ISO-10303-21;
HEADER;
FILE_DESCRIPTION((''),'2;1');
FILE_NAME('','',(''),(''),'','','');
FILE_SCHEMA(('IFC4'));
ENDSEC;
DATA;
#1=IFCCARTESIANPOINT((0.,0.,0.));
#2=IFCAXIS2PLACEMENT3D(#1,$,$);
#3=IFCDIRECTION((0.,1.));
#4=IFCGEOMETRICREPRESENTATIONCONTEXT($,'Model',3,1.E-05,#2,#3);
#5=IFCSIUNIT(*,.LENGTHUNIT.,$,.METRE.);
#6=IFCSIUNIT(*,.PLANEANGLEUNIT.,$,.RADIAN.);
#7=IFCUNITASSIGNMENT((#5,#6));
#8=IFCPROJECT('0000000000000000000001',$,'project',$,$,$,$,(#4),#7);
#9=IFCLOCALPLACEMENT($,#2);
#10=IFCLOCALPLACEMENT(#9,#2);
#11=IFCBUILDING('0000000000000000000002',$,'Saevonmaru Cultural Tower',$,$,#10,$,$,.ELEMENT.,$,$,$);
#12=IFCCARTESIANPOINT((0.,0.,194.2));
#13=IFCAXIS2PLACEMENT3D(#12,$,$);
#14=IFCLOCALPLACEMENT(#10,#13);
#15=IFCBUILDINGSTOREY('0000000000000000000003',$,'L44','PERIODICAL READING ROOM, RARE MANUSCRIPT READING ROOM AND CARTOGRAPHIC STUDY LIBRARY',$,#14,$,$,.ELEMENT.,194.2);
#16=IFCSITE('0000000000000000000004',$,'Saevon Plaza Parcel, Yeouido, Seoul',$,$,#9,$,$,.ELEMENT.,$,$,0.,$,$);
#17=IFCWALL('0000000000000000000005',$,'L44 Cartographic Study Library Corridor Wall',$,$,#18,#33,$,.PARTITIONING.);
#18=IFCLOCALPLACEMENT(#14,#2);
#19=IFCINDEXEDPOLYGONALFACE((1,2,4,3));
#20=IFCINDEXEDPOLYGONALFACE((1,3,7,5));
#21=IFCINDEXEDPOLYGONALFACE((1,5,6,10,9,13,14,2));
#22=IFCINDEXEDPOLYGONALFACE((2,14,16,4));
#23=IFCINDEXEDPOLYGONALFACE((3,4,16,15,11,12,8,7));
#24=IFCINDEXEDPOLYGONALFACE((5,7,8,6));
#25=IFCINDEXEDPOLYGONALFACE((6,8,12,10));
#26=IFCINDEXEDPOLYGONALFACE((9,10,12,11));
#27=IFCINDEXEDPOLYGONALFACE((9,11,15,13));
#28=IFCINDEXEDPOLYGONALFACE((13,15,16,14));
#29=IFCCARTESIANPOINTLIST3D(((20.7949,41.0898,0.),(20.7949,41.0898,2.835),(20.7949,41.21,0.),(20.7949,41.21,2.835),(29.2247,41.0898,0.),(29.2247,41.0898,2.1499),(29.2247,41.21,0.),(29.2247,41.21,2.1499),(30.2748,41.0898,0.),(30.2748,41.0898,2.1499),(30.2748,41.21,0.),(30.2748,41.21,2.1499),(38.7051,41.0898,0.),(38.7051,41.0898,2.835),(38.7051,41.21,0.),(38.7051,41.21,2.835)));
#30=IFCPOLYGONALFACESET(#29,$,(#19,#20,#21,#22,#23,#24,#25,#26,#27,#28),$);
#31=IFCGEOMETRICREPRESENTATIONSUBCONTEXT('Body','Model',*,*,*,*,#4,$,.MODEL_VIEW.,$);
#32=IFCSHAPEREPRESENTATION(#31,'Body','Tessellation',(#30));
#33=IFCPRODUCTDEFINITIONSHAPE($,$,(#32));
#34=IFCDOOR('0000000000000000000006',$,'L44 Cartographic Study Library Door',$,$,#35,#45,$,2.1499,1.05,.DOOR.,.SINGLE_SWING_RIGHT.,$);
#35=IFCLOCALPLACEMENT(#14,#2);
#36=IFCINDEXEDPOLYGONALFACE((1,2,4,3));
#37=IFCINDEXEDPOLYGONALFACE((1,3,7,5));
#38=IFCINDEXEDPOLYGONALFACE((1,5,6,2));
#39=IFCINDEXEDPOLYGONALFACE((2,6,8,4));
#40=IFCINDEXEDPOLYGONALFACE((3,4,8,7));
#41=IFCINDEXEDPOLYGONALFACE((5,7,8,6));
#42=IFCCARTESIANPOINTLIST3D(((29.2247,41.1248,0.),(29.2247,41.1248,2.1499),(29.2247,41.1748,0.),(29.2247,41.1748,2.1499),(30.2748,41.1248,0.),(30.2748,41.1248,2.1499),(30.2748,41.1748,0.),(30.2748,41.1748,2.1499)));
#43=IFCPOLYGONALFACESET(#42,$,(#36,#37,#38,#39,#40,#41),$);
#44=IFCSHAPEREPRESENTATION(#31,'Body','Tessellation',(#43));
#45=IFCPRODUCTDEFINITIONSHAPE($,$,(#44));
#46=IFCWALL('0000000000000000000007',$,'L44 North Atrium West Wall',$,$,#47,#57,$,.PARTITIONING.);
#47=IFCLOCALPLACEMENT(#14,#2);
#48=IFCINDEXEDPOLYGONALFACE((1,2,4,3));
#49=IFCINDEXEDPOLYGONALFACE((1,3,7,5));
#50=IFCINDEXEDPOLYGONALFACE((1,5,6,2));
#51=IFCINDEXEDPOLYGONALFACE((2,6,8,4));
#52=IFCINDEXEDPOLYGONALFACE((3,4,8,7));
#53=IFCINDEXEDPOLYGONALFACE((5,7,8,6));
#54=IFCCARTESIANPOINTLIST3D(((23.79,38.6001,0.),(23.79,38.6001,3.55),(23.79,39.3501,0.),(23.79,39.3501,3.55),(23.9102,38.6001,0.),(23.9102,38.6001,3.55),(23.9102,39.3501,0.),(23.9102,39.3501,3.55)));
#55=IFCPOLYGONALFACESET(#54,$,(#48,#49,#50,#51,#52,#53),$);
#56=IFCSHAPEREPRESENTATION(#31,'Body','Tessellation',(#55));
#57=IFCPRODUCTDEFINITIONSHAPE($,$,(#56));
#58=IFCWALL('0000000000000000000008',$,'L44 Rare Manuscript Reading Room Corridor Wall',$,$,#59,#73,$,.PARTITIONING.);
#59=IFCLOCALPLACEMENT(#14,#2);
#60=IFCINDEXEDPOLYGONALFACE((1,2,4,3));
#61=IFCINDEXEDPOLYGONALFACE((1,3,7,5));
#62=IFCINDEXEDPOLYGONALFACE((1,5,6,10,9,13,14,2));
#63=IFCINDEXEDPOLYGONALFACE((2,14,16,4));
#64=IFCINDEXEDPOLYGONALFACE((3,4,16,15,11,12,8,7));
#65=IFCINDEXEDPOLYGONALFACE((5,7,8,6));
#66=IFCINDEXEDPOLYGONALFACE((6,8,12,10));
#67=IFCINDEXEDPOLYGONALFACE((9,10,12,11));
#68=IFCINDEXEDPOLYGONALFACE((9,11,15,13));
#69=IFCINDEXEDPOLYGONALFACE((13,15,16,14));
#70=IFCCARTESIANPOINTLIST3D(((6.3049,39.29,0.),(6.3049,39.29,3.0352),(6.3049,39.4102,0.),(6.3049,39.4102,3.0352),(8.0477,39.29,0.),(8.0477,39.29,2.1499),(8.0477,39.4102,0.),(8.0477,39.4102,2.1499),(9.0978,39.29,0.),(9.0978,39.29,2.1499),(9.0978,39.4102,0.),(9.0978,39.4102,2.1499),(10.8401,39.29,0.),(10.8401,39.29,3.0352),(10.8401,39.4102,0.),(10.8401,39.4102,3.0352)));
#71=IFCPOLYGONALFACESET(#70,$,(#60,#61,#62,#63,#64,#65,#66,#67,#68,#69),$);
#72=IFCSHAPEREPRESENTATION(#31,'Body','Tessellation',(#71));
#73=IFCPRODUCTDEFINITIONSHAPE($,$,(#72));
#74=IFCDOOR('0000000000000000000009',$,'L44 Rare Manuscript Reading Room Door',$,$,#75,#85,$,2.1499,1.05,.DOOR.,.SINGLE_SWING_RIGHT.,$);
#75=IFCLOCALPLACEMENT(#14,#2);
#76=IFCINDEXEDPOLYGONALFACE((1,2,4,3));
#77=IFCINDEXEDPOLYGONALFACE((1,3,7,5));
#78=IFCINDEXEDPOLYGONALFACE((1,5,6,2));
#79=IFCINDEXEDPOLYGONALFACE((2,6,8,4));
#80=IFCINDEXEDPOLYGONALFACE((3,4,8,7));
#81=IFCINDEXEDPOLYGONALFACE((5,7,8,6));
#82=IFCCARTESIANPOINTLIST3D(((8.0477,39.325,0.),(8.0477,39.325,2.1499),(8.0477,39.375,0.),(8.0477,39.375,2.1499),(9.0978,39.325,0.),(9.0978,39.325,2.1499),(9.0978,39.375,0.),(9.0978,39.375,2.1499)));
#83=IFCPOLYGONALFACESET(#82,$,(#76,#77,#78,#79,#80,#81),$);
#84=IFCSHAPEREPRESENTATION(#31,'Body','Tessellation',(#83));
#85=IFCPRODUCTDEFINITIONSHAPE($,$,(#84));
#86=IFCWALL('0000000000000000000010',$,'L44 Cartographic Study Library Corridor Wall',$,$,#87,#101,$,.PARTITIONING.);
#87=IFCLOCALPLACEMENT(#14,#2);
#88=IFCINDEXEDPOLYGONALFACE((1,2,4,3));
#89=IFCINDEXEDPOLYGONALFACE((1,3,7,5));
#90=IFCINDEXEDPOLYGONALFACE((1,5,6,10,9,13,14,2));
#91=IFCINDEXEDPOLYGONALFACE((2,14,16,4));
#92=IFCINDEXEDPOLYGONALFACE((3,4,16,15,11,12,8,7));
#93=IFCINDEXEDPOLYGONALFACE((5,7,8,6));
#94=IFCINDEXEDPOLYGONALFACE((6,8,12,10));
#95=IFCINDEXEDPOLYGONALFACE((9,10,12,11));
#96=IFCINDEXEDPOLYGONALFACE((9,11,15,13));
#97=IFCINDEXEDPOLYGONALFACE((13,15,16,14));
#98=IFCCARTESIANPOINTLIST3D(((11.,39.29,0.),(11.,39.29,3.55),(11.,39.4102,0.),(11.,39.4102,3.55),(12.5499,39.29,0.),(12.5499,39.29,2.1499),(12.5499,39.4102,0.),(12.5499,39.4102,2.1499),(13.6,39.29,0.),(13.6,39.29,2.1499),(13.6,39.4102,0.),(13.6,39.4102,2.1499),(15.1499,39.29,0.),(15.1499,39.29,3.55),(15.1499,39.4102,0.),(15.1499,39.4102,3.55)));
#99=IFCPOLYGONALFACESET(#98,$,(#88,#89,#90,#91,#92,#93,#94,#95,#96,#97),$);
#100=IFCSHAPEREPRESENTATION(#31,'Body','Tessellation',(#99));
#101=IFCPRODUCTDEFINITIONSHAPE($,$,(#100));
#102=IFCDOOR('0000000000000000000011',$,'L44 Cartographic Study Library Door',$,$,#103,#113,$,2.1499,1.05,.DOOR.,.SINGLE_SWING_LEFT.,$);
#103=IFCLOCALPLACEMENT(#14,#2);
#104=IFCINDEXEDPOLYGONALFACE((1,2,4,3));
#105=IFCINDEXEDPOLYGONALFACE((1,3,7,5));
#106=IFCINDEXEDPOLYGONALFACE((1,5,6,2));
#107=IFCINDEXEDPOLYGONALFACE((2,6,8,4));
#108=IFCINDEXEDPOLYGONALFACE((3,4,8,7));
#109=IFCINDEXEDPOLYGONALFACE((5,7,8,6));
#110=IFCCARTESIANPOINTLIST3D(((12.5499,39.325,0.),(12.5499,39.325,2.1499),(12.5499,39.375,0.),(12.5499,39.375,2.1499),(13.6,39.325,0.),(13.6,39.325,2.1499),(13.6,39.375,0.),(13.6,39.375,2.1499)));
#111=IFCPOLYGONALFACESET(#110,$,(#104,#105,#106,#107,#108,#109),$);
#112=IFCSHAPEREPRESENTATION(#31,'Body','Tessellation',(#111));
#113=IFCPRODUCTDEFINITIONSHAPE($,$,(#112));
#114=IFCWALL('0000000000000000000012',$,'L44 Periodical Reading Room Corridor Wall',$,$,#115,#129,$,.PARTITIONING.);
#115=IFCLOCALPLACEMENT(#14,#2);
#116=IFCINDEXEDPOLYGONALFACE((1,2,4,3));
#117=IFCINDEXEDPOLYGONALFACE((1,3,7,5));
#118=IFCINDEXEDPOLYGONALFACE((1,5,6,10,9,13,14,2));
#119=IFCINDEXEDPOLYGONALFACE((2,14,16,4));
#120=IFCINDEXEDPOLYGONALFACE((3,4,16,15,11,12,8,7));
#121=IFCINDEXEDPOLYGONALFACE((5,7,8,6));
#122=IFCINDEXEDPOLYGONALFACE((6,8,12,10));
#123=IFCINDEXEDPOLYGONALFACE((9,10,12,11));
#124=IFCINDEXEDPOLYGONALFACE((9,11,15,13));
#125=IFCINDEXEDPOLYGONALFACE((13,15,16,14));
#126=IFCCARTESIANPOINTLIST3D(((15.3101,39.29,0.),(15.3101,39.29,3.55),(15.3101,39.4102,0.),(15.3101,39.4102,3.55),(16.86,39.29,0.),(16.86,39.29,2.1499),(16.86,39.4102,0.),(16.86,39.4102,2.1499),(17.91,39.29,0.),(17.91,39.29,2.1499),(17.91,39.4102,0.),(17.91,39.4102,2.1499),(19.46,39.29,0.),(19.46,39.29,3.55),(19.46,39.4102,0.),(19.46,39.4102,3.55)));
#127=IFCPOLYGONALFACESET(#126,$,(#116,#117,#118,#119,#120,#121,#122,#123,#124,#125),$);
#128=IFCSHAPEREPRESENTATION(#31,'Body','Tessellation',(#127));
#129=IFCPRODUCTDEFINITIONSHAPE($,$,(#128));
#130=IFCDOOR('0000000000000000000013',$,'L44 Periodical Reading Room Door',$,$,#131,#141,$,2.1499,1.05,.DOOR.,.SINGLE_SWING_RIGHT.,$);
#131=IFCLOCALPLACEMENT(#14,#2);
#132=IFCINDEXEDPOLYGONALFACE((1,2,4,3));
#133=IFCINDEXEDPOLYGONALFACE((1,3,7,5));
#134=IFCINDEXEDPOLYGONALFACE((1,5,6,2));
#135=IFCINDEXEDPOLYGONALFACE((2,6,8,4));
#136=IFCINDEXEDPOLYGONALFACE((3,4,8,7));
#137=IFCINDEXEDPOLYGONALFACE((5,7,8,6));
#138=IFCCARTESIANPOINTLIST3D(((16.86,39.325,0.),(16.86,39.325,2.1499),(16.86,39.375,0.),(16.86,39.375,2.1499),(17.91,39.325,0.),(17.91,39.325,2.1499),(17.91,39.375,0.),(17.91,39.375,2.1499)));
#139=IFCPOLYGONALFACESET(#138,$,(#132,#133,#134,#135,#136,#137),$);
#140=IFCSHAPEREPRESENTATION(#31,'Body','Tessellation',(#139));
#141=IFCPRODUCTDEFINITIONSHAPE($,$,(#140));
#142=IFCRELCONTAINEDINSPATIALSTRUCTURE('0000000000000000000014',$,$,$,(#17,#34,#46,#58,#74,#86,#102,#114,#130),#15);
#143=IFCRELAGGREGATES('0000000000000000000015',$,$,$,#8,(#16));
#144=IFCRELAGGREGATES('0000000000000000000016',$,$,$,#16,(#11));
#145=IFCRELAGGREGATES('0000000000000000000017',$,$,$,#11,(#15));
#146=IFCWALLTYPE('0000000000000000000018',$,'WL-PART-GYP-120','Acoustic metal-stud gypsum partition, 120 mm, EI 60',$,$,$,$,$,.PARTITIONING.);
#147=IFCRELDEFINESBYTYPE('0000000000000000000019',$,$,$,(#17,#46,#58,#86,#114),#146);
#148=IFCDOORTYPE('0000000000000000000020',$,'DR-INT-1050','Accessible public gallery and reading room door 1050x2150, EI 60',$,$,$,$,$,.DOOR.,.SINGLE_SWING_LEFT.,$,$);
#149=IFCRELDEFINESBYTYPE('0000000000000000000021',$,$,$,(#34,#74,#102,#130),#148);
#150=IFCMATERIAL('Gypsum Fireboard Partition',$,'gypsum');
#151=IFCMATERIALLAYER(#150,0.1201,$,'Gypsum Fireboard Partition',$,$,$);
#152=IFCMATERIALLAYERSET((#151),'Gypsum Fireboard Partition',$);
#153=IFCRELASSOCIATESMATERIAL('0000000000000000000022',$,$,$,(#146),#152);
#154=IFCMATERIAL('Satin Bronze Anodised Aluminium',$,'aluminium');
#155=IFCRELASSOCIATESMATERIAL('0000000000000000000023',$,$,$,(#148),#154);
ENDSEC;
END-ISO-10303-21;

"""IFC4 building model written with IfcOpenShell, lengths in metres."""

from ifc_helpers import new_model, si_unit, direction, frame, frame_2d, origin, place, context, subcontext, project, spatial, rectangle, extrude, material, layer, layer_set, type_object, element, fill, save


model = new_model("IFC4")

# Units and contexts
model_context = context("Model", 3, precision=1e-05, world=origin(), true_north=direction((0.0, 1.0)))
body_context = subcontext(model_context, "Body", "Model", "MODEL_VIEW")
ifc_project = project(units=[si_unit("LENGTHUNIT", "METRE"), si_unit("PLANEANGLEUNIT", "RADIAN")], contexts=[model_context])

# Site, building, storey
site_placement = place(None, origin())
site = spatial("IfcSite", under=ifc_project, at=site_placement, Name="Saevon Plaza Parcel, Yeouido, Seoul", CompositionType="ELEMENT", RefElevation=0.0)
building_placement = place(site_placement, origin())
building = spatial("IfcBuilding", under=site, at=building_placement, Name="Saevonmaru Cultural Tower", CompositionType="ELEMENT")
storey_placement = place(building_placement, frame((0.0, 0.0, 194.2)))
storey = spatial("IfcBuildingStorey", under=building, at=storey_placement, Name="L44", Description="PERIODICAL READING ROOM, RARE MANUSCRIPT READING ROOM AND CARTOGRAPHIC STUDY LIBRARY", CompositionType="ELEMENT", Elevation=194.2)

# Shared definitions
ifc_material_1 = material(Name="Satin Bronze Anodised Aluminium", Category="aluminium")

# Shared definitions
ifc_material_2 = material(Name="Gypsum Fireboard Partition", Category="gypsum")
ifc_layer_1 = layer(ifc_material_2, 0.1201, Name="Gypsum Fireboard Partition")
ifc_layer_set_1 = layer_set([ifc_layer_1], Name="Gypsum Fireboard Partition")
wall_type_1 = type_object("IfcWallType", Name="WL-PART-GYP-120", Description="Acoustic metal-stud gypsum partition, 120 mm, EI 60", PredefinedType="PARTITIONING", material=ifc_layer_set_1)

# Wall, opening, door
door_type = type_object("IfcDoorType", Name="DR-INT-1050", Description="Accessible public gallery and reading room door 1050x2150, EI 60", OperationType="SINGLE_SWING_LEFT", PredefinedType="DOOR", material=ifc_material_1)
wall_1_placement = place(storey_placement, frame((20.7949, 41.1499, 0.0), z_axis=(0.0, 0.0, 1.0), x_axis=(1.0, 0.0, 0.0)))
wall_1 = element("IfcWall", 1, at=wall_1_placement, inside=storey, type_object=wall_type_1, Name="L44 Cartographic Study Library Corridor Wall", PredefinedType="PARTITIONING", context=body_context, shape_type="SweptSolid", body=[
    extrude(rectangle(XDim=17.9102, YDim=0.1201, at=frame_2d((8.9551, 0.0))), origin(), (0.0, 0.0, 1.0), 2.835),
])
opening_1_placement = place(wall_1_placement, frame((8.4299, 0.0, 0.0)))
opening_1 = element("IfcOpeningElement", 2, at=opening_1_placement, cuts=wall_1, PredefinedType="OPENING", context=body_context, shape_type="SweptSolid", body=[
    extrude(rectangle(XDim=1.05, YDim=2.1499, at=frame_2d((0.5249, 1.075))), frame((0.0, 0.0701, 0.0), z_axis=(0.0, -1.0, 0.0), x_axis=(1.0, 0.0, 0.0)), (0.0, 0.0, 1.0), 0.1401),
])
door_1_placement = place(opening_1_placement, origin())
door_1 = element("IfcDoor", 3, at=door_1_placement, inside=storey, type_object=door_type, Name="L44 Cartographic Study Library Door", OperationType="SINGLE_SWING_RIGHT", OverallHeight=2.1499, OverallWidth=1.05, PredefinedType="DOOR", context=body_context, shape_type="SweptSolid", body=[
    extrude(rectangle(XDim=1.05, YDim=2.1499, at=frame_2d((0.5249, 1.075))), frame((0.0, 0.0249, 0.0), z_axis=(0.0, -1.0, 0.0), x_axis=(1.0, 0.0, 0.0)), (0.0, 0.0, 1.0), 0.05),
])
fill(opening_1, door_1)

# Wall
wall_2_placement = place(storey_placement, frame((23.8501, 38.6001, 0.0), z_axis=(0.0, 0.0, 1.0), x_axis=(0.0, 1.0, 0.0)))
element("IfcWall", 4, at=wall_2_placement, inside=storey, type_object=wall_type_1, Name="L44 North Atrium West Wall", PredefinedType="PARTITIONING", context=body_context, shape_type="SweptSolid", body=[
    extrude(rectangle(XDim=0.75, YDim=0.1201, at=frame_2d((0.375, 0.0))), origin(), (0.0, 0.0, 1.0), 3.55),
])

# Walls, openings, doors
wall_3_placement = place(storey_placement, frame((6.3049, 39.3501, 0.0), z_axis=(0.0, 0.0, 1.0), x_axis=(1.0, 0.0, 0.0)))
wall_3 = element("IfcWall", 5, at=wall_3_placement, inside=storey, type_object=wall_type_1, Name="L44 Rare Manuscript Reading Room Corridor Wall", PredefinedType="PARTITIONING", context=body_context, shape_type="SweptSolid", body=[
    extrude(rectangle(XDim=4.5352, YDim=0.1201, at=frame_2d((2.2676, 0.0))), origin(), (0.0, 0.0, 1.0), 3.0352),
])
opening_2_placement = place(wall_3_placement, frame((1.7429, 0.0, 0.0)))
opening_2 = element("IfcOpeningElement", 6, at=opening_2_placement, cuts=wall_3, PredefinedType="OPENING", context=body_context, shape_type="SweptSolid", body=[
    extrude(rectangle(XDim=1.05, YDim=2.1499, at=frame_2d((0.5249, 1.075))), frame((0.0, 0.0701, 0.0), z_axis=(0.0, -1.0, 0.0), x_axis=(1.0, 0.0, 0.0)), (0.0, 0.0, 1.0), 0.1401),
])
door_2_placement = place(opening_2_placement, origin())
door_2 = element("IfcDoor", 7, at=door_2_placement, inside=storey, type_object=door_type, Name="L44 Rare Manuscript Reading Room Door", OperationType="SINGLE_SWING_RIGHT", OverallHeight=2.1499, OverallWidth=1.05, PredefinedType="DOOR", context=body_context, shape_type="SweptSolid", body=[
    extrude(rectangle(XDim=1.05, YDim=2.1499, at=frame_2d((0.5249, 1.075))), frame((0.0, 0.0249, 0.0), z_axis=(0.0, -1.0, 0.0), x_axis=(1.0, 0.0, 0.0)), (0.0, 0.0, 1.0), 0.05),
])
fill(opening_2, door_2)
wall_4_placement = place(storey_placement, frame((11.0, 39.3501, 0.0), z_axis=(0.0, 0.0, 1.0), x_axis=(1.0, 0.0, 0.0)))
wall_4 = element("IfcWall", 8, at=wall_4_placement, inside=storey, type_object=wall_type_1, Name="L44 Cartographic Study Library Corridor Wall", PredefinedType="PARTITIONING", context=body_context, shape_type="SweptSolid", body=[
    extrude(rectangle(XDim=4.1499, YDim=0.1201, at=frame_2d((2.075, 0.0))), origin(), (0.0, 0.0, 1.0), 3.55),
])
opening_3_placement = place(wall_4_placement, frame((1.55, 0.0, 0.0)))
opening_3 = element("IfcOpeningElement", 9, at=opening_3_placement, cuts=wall_4, PredefinedType="OPENING", context=body_context, shape_type="SweptSolid", body=[
    extrude(rectangle(XDim=1.05, YDim=2.1499, at=frame_2d((0.5249, 1.075))), frame((0.0, 0.0701, 0.0), z_axis=(0.0, -1.0, 0.0), x_axis=(1.0, 0.0, 0.0)), (0.0, 0.0, 1.0), 0.1401),
])
door_3_placement = place(opening_3_placement, origin())
door_3 = element("IfcDoor", 10, at=door_3_placement, inside=storey, type_object=door_type, Name="L44 Cartographic Study Library Door", OperationType="SINGLE_SWING_LEFT", OverallHeight=2.1499, OverallWidth=1.05, PredefinedType="DOOR", context=body_context, shape_type="SweptSolid", body=[
    extrude(rectangle(XDim=1.05, YDim=2.1499, at=frame_2d((0.5249, 1.075))), frame((0.0, 0.0249, 0.0), z_axis=(0.0, -1.0, 0.0), x_axis=(1.0, 0.0, 0.0)), (0.0, 0.0, 1.0), 0.05),
])
fill(opening_3, door_3)
wall_5_placement = place(storey_placement, frame((15.3101, 39.3501, 0.0), z_axis=(0.0, 0.0, 1.0), x_axis=(1.0, 0.0, 0.0)))
wall_5 = element("IfcWall", 11, at=wall_5_placement, inside=storey, type_object=wall_type_1, Name="L44 Periodical Reading Room Corridor Wall", PredefinedType="PARTITIONING", context=body_context, shape_type="SweptSolid", body=[
    extrude(rectangle(XDim=4.1499, YDim=0.1201, at=frame_2d((2.075, 0.0))), origin(), (0.0, 0.0, 1.0), 3.55),
])
opening_4_placement = place(wall_5_placement, frame((1.55, 0.0, 0.0)))
opening_4 = element("IfcOpeningElement", 12, at=opening_4_placement, cuts=wall_5, PredefinedType="OPENING", context=body_context, shape_type="SweptSolid", body=[
    extrude(rectangle(XDim=1.05, YDim=2.1499, at=frame_2d((0.5249, 1.075))), frame((0.0, 0.0701, 0.0), z_axis=(0.0, -1.0, 0.0), x_axis=(1.0, 0.0, 0.0)), (0.0, 0.0, 1.0), 0.1401),
])
door_4_placement = place(opening_4_placement, origin())
door_4 = element("IfcDoor", 13, at=door_4_placement, inside=storey, type_object=door_type, Name="L44 Periodical Reading Room Door", OperationType="SINGLE_SWING_RIGHT", OverallHeight=2.1499, OverallWidth=1.05, PredefinedType="DOOR", context=body_context, shape_type="SweptSolid", body=[
    extrude(rectangle(XDim=1.05, YDim=2.1499, at=frame_2d((0.5249, 1.075))), frame((0.0, 0.0249, 0.0), z_axis=(0.0, -1.0, 0.0), x_axis=(1.0, 0.0, 0.0)), (0.0, 0.0, 1.0), 0.05),
])
fill(opening_4, door_4)

save(model, "model.ifc")
